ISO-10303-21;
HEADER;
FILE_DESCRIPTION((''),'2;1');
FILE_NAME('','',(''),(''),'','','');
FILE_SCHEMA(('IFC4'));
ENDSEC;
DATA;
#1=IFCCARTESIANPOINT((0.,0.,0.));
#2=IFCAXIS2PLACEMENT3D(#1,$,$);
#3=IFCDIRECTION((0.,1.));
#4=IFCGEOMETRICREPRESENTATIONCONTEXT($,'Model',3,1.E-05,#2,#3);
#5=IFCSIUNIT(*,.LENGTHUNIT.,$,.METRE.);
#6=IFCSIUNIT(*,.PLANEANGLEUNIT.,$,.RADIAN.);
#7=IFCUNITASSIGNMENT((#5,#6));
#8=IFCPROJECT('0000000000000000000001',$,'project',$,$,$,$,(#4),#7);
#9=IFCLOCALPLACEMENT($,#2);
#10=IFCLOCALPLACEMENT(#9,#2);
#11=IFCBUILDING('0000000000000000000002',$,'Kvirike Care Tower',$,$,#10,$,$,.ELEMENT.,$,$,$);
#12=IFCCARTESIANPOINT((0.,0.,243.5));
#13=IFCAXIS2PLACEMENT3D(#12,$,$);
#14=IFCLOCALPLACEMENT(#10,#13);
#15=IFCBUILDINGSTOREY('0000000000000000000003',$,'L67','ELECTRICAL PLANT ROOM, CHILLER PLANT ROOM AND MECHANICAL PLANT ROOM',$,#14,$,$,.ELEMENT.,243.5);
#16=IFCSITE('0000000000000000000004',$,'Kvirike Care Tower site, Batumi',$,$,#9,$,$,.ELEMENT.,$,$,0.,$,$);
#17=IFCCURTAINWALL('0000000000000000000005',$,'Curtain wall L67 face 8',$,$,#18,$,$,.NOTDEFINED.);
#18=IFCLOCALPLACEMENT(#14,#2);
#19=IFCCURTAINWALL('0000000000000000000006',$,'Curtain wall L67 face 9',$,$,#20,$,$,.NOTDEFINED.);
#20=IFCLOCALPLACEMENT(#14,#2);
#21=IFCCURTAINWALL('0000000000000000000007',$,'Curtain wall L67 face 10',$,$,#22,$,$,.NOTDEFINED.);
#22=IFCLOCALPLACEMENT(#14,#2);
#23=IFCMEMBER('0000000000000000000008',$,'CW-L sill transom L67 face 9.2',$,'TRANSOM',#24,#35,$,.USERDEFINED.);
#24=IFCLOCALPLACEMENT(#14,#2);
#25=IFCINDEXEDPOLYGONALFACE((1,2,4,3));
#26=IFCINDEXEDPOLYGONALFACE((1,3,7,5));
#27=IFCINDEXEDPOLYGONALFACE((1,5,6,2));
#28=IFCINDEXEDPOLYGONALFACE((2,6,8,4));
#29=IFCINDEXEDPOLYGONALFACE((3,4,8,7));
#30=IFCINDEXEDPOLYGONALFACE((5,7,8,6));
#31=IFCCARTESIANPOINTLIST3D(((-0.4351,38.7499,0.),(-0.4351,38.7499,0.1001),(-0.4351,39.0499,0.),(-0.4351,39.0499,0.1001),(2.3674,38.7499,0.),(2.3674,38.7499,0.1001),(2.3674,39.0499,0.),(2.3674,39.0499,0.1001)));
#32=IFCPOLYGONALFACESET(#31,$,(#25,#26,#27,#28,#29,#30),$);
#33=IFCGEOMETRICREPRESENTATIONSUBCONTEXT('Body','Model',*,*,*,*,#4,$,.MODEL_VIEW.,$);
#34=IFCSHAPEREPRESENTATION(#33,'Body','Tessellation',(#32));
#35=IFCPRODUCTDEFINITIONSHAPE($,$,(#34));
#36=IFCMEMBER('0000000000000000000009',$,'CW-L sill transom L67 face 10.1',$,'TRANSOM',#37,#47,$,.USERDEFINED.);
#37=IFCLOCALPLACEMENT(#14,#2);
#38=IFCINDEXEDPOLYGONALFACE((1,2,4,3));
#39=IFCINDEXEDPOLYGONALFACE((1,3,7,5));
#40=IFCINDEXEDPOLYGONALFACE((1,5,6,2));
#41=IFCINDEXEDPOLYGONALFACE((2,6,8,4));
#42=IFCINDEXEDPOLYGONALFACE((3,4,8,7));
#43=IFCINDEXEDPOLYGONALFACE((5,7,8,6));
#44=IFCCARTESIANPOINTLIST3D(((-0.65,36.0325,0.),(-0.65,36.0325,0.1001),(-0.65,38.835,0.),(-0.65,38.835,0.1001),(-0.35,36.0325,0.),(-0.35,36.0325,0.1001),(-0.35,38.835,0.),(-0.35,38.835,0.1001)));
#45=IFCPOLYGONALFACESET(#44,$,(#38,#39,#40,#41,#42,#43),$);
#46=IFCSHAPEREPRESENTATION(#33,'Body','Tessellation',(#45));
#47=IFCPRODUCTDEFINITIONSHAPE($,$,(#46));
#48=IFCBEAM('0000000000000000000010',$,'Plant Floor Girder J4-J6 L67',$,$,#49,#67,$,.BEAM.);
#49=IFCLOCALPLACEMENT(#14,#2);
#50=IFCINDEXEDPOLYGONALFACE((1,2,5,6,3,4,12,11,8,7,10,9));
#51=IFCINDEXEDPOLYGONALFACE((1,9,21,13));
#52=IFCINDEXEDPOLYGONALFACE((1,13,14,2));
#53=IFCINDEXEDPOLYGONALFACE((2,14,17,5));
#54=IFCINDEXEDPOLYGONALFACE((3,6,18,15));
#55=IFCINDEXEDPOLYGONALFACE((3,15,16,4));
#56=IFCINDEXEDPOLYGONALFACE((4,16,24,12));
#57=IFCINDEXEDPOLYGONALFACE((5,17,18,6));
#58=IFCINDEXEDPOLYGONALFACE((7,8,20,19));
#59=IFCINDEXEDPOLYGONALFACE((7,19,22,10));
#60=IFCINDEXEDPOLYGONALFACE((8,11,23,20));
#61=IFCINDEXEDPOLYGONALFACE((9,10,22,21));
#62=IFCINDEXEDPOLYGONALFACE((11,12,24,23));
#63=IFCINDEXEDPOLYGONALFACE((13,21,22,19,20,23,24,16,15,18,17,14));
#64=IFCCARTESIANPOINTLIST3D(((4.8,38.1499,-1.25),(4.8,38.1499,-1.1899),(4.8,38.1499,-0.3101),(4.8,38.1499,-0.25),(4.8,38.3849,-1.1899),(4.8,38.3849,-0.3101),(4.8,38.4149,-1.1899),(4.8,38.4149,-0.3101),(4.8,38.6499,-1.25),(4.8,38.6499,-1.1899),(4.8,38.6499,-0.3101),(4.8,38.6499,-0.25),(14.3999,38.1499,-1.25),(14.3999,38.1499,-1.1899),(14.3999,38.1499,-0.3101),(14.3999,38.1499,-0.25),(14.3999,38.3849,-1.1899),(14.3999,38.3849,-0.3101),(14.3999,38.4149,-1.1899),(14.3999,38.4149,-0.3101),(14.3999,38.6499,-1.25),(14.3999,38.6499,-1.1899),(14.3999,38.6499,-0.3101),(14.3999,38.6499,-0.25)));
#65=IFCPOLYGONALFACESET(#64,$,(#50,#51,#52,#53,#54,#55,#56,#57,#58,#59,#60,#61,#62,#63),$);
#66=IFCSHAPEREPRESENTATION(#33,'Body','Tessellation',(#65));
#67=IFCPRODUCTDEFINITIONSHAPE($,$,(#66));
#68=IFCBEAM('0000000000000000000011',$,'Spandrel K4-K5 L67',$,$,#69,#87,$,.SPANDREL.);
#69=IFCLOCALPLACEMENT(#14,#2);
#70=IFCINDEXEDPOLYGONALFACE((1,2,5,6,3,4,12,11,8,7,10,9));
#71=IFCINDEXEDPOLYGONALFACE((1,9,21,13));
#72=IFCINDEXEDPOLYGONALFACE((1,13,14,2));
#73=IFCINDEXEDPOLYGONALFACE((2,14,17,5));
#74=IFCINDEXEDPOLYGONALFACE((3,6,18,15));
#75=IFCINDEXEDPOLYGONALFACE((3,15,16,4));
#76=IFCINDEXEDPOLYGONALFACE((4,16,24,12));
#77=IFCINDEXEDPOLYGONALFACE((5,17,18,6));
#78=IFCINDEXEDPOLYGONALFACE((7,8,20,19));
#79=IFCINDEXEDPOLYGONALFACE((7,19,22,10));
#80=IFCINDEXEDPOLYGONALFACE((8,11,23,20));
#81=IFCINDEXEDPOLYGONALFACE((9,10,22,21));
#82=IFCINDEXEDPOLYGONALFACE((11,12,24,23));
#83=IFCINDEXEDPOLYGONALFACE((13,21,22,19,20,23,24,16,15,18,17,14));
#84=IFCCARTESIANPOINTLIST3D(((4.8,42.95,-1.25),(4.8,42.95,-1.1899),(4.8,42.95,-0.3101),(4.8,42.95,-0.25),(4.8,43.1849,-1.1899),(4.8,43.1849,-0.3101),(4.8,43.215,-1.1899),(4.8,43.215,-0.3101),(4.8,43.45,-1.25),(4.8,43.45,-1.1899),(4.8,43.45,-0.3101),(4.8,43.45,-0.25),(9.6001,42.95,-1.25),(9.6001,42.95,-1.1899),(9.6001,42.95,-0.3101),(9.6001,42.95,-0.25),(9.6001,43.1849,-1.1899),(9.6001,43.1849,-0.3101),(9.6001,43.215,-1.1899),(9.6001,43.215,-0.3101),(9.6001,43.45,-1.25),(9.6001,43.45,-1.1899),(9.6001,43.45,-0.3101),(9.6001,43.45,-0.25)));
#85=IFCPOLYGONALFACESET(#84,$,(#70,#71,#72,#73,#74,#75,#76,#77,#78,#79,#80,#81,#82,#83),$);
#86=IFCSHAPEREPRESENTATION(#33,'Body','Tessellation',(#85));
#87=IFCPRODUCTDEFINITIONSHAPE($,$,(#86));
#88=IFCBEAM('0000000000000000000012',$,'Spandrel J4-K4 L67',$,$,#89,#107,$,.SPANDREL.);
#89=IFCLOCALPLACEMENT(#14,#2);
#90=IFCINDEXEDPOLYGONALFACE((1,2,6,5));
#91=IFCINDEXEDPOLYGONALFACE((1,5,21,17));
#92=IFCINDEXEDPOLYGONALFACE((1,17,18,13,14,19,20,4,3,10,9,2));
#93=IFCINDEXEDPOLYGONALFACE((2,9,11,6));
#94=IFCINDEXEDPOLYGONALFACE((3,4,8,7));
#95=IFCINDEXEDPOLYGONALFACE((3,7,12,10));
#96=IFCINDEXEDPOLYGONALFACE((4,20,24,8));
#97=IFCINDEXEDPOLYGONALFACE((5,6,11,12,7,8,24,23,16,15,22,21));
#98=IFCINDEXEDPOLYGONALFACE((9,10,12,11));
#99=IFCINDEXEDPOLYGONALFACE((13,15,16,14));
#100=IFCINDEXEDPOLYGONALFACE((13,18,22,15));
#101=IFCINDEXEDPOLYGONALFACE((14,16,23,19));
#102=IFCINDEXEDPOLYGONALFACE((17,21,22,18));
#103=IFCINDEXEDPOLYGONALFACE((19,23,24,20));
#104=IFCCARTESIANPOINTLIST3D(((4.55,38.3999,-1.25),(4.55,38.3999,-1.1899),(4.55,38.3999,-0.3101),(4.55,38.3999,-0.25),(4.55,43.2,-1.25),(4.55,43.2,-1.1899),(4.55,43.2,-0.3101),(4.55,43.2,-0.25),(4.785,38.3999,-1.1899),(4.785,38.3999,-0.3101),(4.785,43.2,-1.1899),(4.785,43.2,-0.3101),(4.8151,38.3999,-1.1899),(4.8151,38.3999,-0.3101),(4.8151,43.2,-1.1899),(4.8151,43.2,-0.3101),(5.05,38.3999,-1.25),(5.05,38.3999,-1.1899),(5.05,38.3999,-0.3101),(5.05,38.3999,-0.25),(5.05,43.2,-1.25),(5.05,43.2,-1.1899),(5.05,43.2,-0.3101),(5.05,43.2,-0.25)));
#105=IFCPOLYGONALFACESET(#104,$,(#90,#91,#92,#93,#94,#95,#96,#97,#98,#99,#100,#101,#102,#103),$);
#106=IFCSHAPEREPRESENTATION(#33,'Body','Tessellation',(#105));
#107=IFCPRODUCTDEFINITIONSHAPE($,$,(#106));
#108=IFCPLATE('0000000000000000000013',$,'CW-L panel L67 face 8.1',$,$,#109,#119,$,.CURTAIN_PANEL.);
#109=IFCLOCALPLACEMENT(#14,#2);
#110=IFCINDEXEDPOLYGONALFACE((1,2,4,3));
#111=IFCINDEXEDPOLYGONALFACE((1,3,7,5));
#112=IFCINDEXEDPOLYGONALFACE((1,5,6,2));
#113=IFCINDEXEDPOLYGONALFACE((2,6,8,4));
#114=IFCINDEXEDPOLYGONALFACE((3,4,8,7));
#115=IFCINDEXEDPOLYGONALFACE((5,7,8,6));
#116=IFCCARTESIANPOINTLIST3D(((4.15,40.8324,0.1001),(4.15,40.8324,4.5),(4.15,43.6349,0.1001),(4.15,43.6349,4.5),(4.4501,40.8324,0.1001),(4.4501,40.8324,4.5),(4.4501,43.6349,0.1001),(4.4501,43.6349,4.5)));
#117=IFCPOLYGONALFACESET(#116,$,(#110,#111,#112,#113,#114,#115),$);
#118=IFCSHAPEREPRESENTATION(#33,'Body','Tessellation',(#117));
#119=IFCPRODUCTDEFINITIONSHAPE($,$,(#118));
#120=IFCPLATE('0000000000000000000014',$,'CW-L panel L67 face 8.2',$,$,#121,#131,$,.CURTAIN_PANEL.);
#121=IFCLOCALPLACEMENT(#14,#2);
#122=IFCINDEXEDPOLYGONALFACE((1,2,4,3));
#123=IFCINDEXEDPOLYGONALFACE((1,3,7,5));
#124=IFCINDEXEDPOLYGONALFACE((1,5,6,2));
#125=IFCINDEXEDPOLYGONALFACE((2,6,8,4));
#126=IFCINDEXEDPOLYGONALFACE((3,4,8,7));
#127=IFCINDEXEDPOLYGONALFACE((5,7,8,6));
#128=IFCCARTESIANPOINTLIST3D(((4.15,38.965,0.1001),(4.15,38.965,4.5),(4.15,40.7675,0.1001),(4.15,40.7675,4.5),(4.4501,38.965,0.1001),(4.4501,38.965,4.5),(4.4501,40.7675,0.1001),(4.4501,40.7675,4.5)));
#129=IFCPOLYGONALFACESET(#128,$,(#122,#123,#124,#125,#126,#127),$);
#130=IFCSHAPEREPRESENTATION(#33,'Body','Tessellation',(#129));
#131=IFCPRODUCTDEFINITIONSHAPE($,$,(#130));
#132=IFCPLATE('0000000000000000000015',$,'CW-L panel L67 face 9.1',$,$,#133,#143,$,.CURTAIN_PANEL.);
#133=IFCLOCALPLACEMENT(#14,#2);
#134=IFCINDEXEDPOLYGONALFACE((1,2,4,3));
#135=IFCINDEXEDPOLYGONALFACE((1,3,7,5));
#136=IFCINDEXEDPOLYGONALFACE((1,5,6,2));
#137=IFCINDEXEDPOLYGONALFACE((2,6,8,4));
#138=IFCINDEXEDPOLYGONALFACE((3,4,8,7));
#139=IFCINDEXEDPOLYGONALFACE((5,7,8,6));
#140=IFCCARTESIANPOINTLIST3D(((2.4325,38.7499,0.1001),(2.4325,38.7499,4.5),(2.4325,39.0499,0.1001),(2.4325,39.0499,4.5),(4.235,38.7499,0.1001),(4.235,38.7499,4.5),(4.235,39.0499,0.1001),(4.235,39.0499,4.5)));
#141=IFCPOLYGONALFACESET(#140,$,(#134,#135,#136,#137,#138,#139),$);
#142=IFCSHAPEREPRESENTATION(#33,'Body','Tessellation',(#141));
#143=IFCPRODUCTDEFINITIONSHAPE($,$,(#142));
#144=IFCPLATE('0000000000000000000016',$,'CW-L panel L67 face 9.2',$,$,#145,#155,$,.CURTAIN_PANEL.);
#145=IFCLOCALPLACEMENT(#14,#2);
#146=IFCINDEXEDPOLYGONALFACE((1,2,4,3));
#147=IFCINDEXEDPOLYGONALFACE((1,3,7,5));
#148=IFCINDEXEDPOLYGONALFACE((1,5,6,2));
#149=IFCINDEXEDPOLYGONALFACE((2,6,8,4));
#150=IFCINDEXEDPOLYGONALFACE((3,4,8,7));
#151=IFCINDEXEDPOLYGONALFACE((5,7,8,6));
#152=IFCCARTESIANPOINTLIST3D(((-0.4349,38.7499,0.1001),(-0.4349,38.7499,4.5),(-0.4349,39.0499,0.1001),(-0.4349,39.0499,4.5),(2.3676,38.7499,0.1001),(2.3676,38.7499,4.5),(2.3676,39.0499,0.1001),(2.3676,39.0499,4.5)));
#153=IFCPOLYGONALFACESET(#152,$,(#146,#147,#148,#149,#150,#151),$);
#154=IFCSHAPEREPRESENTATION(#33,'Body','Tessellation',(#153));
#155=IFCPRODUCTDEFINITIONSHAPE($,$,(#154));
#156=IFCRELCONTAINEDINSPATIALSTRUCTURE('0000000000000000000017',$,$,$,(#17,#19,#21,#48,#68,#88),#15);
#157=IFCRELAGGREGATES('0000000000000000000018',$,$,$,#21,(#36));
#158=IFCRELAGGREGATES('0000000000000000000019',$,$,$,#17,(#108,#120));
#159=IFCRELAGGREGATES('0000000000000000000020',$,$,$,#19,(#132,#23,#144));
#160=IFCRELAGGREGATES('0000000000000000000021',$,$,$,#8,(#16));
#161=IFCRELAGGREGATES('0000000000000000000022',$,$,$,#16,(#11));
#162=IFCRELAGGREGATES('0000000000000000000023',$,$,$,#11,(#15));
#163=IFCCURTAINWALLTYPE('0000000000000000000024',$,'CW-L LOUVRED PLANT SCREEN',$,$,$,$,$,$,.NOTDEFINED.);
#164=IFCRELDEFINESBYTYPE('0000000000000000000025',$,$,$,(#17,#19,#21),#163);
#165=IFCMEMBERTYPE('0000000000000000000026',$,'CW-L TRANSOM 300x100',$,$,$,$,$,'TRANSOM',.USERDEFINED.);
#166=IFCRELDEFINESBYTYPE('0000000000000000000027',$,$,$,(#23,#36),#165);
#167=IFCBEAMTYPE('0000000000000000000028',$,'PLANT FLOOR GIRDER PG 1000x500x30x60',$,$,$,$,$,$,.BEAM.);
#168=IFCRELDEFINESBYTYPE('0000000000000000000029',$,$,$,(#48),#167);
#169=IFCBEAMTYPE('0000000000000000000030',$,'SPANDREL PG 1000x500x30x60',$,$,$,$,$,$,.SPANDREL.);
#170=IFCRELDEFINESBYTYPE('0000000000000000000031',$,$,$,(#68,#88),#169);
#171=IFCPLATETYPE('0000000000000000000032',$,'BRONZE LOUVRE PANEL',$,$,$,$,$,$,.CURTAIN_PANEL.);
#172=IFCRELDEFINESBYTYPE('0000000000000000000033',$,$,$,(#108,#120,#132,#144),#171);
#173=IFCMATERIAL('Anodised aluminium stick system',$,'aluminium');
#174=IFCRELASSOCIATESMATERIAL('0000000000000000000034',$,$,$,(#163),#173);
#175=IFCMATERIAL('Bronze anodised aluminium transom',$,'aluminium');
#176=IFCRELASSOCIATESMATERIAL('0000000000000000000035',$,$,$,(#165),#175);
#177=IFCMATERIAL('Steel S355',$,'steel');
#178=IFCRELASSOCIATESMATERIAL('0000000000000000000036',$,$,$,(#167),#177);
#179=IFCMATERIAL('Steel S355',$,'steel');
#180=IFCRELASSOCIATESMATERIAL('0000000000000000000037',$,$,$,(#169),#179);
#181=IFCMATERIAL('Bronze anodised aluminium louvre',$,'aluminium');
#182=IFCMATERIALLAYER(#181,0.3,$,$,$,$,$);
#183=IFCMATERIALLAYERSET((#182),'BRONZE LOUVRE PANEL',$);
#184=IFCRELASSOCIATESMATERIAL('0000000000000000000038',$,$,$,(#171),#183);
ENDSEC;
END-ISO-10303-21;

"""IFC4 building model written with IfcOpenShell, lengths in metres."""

from ifc_helpers import new_model, si_unit, direction, frame, origin, origin_2d, place, context, subcontext, project, spatial, rectangle, i_section, extrude, material, layer, layer_set, material_profile, profile_set, type_object, element, aggregate, save


model = new_model("IFC4")

# Units and contexts
model_context = context("Model", 3, precision=1e-05, world=origin(), true_north=direction((0.0, 1.0)))
body_context = subcontext(model_context, "Body", "Model", "MODEL_VIEW")
ifc_project = project(units=[si_unit("LENGTHUNIT", "METRE"), si_unit("PLANEANGLEUNIT", "RADIAN")], contexts=[model_context])

# Site, building, storey
site_placement = place(None, origin())
site = spatial("IfcSite", under=ifc_project, at=site_placement, Name="Kvirike Care Tower site, Batumi", CompositionType="ELEMENT", RefElevation=0.0)
building_placement = place(site_placement, origin())
building = spatial("IfcBuilding", under=site, at=building_placement, Name="Kvirike Care Tower", CompositionType="ELEMENT")
storey_placement = place(building_placement, frame((0.0, 0.0, 243.5)))
storey = spatial("IfcBuildingStorey", under=building, at=storey_placement, Name="L67", Description="ELECTRICAL PLANT ROOM, CHILLER PLANT ROOM AND MECHANICAL PLANT ROOM", CompositionType="ELEMENT", Elevation=243.5)

# Curtain wall
ifc_material_1 = material(Name="Anodised aluminium stick system", Category="aluminium")
curtain_wall_type = type_object("IfcCurtainWallType", Name="CW-L LOUVRED PLANT SCREEN", PredefinedType="NOTDEFINED", material=ifc_material_1)
curtain_wall_1_placement = place(storey_placement, origin())
curtain_wall_1 = element("IfcCurtainWall", 1, at=curtain_wall_1_placement, inside=storey, type_object=curtain_wall_type, Name="Curtain wall L67 face 8", PredefinedType="NOTDEFINED")

# Curtain wall
curtain_wall_2_placement = place(storey_placement, origin())
curtain_wall_2 = element("IfcCurtainWall", 2, at=curtain_wall_2_placement, inside=storey, type_object=curtain_wall_type, Name="Curtain wall L67 face 9", PredefinedType="NOTDEFINED")

# Curtain wall
curtain_wall_3_placement = place(storey_placement, origin())
curtain_wall_3 = element("IfcCurtainWall", 3, at=curtain_wall_3_placement, inside=storey, type_object=curtain_wall_type, Name="Curtain wall L67 face 10", PredefinedType="NOTDEFINED")

# Members
ifc_material_2 = material(Name="Bronze anodised aluminium transom", Category="aluminium")
ifc_material_profile_1 = material_profile(ifc_material_2, rectangle(XDim=0.3, YDim=0.1001, at=origin_2d()), Name="CW-L TRANSOM 300x100")
ifc_profile_set_1 = profile_set([ifc_material_profile_1], Name="Bronze anodised aluminium transom")
member_type_1 = type_object("IfcMemberType", Name="CW-L TRANSOM 300x100", ElementType="TRANSOM", PredefinedType="USERDEFINED", material=ifc_profile_set_1)
member_1_placement = place(storey_placement, frame((2.3674, 38.8999, 0.05), z_axis=(-1.0, 0.0, 0.0), x_axis=(0.0, -1.0, 0.0)))
member_1 = element("IfcMember", 4, at=member_1_placement, type_object=member_type_1, Name="CW-L sill transom L67 face 9.2", ObjectType="TRANSOM", PredefinedType="USERDEFINED", context=body_context, shape_type="SweptSolid", body=[
    extrude(rectangle(XDim=0.3, YDim=0.1001, at=origin_2d()), origin(), (0.0, 0.0, 1.0), 2.8025),
])
member_2_placement = place(storey_placement, frame((-0.5, 38.835, 0.05), z_axis=(0.0, -1.0, 0.0), x_axis=(1.0, 0.0, 0.0)))
member_2 = element("IfcMember", 5, at=member_2_placement, type_object=member_type_1, Name="CW-L sill transom L67 face 10.1", ObjectType="TRANSOM", PredefinedType="USERDEFINED", context=body_context, shape_type="SweptSolid", body=[
    extrude(rectangle(XDim=0.3, YDim=0.1001, at=origin_2d()), origin(), (0.0, 0.0, 1.0), 2.8025),
])
aggregate(curtain_wall_3, [member_2])

# Beams
ifc_material_3 = material(Name="Steel S355", Category="steel")
ifc_material_profile_2 = material_profile(ifc_material_3, i_section(OverallWidth=0.5, OverallDepth=1.0, WebThickness=0.03, FlangeThickness=0.0601, at=origin_2d()), Name="PG 1000x500x30x60")
ifc_profile_set_2 = profile_set([ifc_material_profile_2], Name="Steel S355")
beam_type_1 = type_object("IfcBeamType", Name="PLANT FLOOR GIRDER PG 1000x500x30x60", PredefinedType="BEAM", material=ifc_profile_set_2)
beam_placement = place(storey_placement, frame((4.8, 38.3999, -0.75), z_axis=(1.0, 0.0, 0.0), x_axis=(0.0, 1.0, 0.0)))
element("IfcBeam", 6, at=beam_placement, inside=storey, type_object=beam_type_1, Name="Plant Floor Girder J4-J6 L67", PredefinedType="BEAM", context=body_context, shape_type="SweptSolid", body=[
    extrude(i_section(OverallWidth=0.5, OverallDepth=1.0, WebThickness=0.03, FlangeThickness=0.0601, at=origin_2d()), origin(), (0.0, 0.0, 1.0), 9.5999),
])
ifc_material_4 = material(Name="Steel S355", Category="steel")
ifc_material_profile_3 = material_profile(ifc_material_4, i_section(OverallWidth=0.5, OverallDepth=1.0, WebThickness=0.03, FlangeThickness=0.0601, at=origin_2d()), Name="PG 1000x500x30x60")
ifc_profile_set_3 = profile_set([ifc_material_profile_3], Name="Steel S355")
beam_type_2 = type_object("IfcBeamType", Name="SPANDREL PG 1000x500x30x60", PredefinedType="SPANDREL", material=ifc_profile_set_3)
for number, where, z_axis, x_axis, name in (
    (7, (4.8, 43.2, -0.75), (1.0, 0.0, 0.0), (0.0, 1.0, 0.0), "Spandrel K4-K5 L67"),
    (8, (4.8, 38.3999, -0.75), (0.0, 1.0, 0.0), (-1.0, 0.0, 0.0), "Spandrel J4-K4 L67"),
):
    element("IfcBeam", number, at=place(storey_placement, frame(where, z_axis=z_axis, x_axis=x_axis)), inside=storey, type_object=beam_type_2, Name=name, PredefinedType="SPANDREL", context=body_context, shape_type="SweptSolid", body=[
        extrude(i_section(OverallWidth=0.5, OverallDepth=1.0, WebThickness=0.03, FlangeThickness=0.0601, at=origin_2d()), origin(), (0.0, 0.0, 1.0), 4.8),
    ])

# Plates
ifc_material_5 = material(Name="Bronze anodised aluminium louvre", Category="aluminium")
ifc_layer = layer(ifc_material_5, 0.3)
ifc_layer_set = layer_set([ifc_layer], Name="BRONZE LOUVRE PANEL")
plate_type = type_object("IfcPlateType", Name="BRONZE LOUVRE PANEL", PredefinedType="CURTAIN_PANEL", material=ifc_layer_set)
plate_1_placement = place(storey_placement, frame((4.3, 42.2336, 0.1001), z_axis=(0.0, 0.0, 1.0), x_axis=(0.0, -1.0, 0.0)))
plate_1 = element("IfcPlate", 9, at=plate_1_placement, type_object=plate_type, Name="CW-L panel L67 face 8.1", PredefinedType="CURTAIN_PANEL", context=body_context, shape_type="SweptSolid", body=[
    extrude(rectangle(XDim=2.8025, YDim=0.3, at=origin_2d()), origin(), (0.0, 0.0, 1.0), 4.3999),
])
plate_2_placement = place(storey_placement, frame((4.3, 39.8662, 0.1001), z_axis=(0.0, 0.0, 1.0), x_axis=(0.0, -1.0, 0.0)))
plate_2 = element("IfcPlate", 10, at=plate_2_placement, type_object=plate_type, Name="CW-L panel L67 face 8.2", PredefinedType="CURTAIN_PANEL", context=body_context, shape_type="SweptSolid", body=[
    extrude(rectangle(XDim=1.8025, YDim=0.3, at=origin_2d()), origin(), (0.0, 0.0, 1.0), 4.3999),
])
aggregate(curtain_wall_1, [plate_1, plate_2])
plate_3_placement = place(storey_placement, frame((3.3337, 38.8999, 0.1001), z_axis=(0.0, 0.0, 1.0), x_axis=(-1.0, 0.0, 0.0)))
plate_3 = element("IfcPlate", 11, at=plate_3_placement, type_object=plate_type, Name="CW-L panel L67 face 9.1", PredefinedType="CURTAIN_PANEL", context=body_context, shape_type="SweptSolid", body=[
    extrude(rectangle(XDim=1.8025, YDim=0.3, at=origin_2d()), origin(), (0.0, 0.0, 1.0), 4.3999),
])
plate_4_placement = place(storey_placement, frame((0.9663, 38.8999, 0.1001), z_axis=(0.0, 0.0, 1.0), x_axis=(-1.0, 0.0, 0.0)))
plate_4 = element("IfcPlate", 12, at=plate_4_placement, type_object=plate_type, Name="CW-L panel L67 face 9.2", PredefinedType="CURTAIN_PANEL", context=body_context, shape_type="SweptSolid", body=[
    extrude(rectangle(XDim=2.8025, YDim=0.3, at=origin_2d()), origin(), (0.0, 0.0, 1.0), 4.3999),
])
aggregate(curtain_wall_2, [plate_3, member_1, plate_4])

save(model, "model.ifc")
